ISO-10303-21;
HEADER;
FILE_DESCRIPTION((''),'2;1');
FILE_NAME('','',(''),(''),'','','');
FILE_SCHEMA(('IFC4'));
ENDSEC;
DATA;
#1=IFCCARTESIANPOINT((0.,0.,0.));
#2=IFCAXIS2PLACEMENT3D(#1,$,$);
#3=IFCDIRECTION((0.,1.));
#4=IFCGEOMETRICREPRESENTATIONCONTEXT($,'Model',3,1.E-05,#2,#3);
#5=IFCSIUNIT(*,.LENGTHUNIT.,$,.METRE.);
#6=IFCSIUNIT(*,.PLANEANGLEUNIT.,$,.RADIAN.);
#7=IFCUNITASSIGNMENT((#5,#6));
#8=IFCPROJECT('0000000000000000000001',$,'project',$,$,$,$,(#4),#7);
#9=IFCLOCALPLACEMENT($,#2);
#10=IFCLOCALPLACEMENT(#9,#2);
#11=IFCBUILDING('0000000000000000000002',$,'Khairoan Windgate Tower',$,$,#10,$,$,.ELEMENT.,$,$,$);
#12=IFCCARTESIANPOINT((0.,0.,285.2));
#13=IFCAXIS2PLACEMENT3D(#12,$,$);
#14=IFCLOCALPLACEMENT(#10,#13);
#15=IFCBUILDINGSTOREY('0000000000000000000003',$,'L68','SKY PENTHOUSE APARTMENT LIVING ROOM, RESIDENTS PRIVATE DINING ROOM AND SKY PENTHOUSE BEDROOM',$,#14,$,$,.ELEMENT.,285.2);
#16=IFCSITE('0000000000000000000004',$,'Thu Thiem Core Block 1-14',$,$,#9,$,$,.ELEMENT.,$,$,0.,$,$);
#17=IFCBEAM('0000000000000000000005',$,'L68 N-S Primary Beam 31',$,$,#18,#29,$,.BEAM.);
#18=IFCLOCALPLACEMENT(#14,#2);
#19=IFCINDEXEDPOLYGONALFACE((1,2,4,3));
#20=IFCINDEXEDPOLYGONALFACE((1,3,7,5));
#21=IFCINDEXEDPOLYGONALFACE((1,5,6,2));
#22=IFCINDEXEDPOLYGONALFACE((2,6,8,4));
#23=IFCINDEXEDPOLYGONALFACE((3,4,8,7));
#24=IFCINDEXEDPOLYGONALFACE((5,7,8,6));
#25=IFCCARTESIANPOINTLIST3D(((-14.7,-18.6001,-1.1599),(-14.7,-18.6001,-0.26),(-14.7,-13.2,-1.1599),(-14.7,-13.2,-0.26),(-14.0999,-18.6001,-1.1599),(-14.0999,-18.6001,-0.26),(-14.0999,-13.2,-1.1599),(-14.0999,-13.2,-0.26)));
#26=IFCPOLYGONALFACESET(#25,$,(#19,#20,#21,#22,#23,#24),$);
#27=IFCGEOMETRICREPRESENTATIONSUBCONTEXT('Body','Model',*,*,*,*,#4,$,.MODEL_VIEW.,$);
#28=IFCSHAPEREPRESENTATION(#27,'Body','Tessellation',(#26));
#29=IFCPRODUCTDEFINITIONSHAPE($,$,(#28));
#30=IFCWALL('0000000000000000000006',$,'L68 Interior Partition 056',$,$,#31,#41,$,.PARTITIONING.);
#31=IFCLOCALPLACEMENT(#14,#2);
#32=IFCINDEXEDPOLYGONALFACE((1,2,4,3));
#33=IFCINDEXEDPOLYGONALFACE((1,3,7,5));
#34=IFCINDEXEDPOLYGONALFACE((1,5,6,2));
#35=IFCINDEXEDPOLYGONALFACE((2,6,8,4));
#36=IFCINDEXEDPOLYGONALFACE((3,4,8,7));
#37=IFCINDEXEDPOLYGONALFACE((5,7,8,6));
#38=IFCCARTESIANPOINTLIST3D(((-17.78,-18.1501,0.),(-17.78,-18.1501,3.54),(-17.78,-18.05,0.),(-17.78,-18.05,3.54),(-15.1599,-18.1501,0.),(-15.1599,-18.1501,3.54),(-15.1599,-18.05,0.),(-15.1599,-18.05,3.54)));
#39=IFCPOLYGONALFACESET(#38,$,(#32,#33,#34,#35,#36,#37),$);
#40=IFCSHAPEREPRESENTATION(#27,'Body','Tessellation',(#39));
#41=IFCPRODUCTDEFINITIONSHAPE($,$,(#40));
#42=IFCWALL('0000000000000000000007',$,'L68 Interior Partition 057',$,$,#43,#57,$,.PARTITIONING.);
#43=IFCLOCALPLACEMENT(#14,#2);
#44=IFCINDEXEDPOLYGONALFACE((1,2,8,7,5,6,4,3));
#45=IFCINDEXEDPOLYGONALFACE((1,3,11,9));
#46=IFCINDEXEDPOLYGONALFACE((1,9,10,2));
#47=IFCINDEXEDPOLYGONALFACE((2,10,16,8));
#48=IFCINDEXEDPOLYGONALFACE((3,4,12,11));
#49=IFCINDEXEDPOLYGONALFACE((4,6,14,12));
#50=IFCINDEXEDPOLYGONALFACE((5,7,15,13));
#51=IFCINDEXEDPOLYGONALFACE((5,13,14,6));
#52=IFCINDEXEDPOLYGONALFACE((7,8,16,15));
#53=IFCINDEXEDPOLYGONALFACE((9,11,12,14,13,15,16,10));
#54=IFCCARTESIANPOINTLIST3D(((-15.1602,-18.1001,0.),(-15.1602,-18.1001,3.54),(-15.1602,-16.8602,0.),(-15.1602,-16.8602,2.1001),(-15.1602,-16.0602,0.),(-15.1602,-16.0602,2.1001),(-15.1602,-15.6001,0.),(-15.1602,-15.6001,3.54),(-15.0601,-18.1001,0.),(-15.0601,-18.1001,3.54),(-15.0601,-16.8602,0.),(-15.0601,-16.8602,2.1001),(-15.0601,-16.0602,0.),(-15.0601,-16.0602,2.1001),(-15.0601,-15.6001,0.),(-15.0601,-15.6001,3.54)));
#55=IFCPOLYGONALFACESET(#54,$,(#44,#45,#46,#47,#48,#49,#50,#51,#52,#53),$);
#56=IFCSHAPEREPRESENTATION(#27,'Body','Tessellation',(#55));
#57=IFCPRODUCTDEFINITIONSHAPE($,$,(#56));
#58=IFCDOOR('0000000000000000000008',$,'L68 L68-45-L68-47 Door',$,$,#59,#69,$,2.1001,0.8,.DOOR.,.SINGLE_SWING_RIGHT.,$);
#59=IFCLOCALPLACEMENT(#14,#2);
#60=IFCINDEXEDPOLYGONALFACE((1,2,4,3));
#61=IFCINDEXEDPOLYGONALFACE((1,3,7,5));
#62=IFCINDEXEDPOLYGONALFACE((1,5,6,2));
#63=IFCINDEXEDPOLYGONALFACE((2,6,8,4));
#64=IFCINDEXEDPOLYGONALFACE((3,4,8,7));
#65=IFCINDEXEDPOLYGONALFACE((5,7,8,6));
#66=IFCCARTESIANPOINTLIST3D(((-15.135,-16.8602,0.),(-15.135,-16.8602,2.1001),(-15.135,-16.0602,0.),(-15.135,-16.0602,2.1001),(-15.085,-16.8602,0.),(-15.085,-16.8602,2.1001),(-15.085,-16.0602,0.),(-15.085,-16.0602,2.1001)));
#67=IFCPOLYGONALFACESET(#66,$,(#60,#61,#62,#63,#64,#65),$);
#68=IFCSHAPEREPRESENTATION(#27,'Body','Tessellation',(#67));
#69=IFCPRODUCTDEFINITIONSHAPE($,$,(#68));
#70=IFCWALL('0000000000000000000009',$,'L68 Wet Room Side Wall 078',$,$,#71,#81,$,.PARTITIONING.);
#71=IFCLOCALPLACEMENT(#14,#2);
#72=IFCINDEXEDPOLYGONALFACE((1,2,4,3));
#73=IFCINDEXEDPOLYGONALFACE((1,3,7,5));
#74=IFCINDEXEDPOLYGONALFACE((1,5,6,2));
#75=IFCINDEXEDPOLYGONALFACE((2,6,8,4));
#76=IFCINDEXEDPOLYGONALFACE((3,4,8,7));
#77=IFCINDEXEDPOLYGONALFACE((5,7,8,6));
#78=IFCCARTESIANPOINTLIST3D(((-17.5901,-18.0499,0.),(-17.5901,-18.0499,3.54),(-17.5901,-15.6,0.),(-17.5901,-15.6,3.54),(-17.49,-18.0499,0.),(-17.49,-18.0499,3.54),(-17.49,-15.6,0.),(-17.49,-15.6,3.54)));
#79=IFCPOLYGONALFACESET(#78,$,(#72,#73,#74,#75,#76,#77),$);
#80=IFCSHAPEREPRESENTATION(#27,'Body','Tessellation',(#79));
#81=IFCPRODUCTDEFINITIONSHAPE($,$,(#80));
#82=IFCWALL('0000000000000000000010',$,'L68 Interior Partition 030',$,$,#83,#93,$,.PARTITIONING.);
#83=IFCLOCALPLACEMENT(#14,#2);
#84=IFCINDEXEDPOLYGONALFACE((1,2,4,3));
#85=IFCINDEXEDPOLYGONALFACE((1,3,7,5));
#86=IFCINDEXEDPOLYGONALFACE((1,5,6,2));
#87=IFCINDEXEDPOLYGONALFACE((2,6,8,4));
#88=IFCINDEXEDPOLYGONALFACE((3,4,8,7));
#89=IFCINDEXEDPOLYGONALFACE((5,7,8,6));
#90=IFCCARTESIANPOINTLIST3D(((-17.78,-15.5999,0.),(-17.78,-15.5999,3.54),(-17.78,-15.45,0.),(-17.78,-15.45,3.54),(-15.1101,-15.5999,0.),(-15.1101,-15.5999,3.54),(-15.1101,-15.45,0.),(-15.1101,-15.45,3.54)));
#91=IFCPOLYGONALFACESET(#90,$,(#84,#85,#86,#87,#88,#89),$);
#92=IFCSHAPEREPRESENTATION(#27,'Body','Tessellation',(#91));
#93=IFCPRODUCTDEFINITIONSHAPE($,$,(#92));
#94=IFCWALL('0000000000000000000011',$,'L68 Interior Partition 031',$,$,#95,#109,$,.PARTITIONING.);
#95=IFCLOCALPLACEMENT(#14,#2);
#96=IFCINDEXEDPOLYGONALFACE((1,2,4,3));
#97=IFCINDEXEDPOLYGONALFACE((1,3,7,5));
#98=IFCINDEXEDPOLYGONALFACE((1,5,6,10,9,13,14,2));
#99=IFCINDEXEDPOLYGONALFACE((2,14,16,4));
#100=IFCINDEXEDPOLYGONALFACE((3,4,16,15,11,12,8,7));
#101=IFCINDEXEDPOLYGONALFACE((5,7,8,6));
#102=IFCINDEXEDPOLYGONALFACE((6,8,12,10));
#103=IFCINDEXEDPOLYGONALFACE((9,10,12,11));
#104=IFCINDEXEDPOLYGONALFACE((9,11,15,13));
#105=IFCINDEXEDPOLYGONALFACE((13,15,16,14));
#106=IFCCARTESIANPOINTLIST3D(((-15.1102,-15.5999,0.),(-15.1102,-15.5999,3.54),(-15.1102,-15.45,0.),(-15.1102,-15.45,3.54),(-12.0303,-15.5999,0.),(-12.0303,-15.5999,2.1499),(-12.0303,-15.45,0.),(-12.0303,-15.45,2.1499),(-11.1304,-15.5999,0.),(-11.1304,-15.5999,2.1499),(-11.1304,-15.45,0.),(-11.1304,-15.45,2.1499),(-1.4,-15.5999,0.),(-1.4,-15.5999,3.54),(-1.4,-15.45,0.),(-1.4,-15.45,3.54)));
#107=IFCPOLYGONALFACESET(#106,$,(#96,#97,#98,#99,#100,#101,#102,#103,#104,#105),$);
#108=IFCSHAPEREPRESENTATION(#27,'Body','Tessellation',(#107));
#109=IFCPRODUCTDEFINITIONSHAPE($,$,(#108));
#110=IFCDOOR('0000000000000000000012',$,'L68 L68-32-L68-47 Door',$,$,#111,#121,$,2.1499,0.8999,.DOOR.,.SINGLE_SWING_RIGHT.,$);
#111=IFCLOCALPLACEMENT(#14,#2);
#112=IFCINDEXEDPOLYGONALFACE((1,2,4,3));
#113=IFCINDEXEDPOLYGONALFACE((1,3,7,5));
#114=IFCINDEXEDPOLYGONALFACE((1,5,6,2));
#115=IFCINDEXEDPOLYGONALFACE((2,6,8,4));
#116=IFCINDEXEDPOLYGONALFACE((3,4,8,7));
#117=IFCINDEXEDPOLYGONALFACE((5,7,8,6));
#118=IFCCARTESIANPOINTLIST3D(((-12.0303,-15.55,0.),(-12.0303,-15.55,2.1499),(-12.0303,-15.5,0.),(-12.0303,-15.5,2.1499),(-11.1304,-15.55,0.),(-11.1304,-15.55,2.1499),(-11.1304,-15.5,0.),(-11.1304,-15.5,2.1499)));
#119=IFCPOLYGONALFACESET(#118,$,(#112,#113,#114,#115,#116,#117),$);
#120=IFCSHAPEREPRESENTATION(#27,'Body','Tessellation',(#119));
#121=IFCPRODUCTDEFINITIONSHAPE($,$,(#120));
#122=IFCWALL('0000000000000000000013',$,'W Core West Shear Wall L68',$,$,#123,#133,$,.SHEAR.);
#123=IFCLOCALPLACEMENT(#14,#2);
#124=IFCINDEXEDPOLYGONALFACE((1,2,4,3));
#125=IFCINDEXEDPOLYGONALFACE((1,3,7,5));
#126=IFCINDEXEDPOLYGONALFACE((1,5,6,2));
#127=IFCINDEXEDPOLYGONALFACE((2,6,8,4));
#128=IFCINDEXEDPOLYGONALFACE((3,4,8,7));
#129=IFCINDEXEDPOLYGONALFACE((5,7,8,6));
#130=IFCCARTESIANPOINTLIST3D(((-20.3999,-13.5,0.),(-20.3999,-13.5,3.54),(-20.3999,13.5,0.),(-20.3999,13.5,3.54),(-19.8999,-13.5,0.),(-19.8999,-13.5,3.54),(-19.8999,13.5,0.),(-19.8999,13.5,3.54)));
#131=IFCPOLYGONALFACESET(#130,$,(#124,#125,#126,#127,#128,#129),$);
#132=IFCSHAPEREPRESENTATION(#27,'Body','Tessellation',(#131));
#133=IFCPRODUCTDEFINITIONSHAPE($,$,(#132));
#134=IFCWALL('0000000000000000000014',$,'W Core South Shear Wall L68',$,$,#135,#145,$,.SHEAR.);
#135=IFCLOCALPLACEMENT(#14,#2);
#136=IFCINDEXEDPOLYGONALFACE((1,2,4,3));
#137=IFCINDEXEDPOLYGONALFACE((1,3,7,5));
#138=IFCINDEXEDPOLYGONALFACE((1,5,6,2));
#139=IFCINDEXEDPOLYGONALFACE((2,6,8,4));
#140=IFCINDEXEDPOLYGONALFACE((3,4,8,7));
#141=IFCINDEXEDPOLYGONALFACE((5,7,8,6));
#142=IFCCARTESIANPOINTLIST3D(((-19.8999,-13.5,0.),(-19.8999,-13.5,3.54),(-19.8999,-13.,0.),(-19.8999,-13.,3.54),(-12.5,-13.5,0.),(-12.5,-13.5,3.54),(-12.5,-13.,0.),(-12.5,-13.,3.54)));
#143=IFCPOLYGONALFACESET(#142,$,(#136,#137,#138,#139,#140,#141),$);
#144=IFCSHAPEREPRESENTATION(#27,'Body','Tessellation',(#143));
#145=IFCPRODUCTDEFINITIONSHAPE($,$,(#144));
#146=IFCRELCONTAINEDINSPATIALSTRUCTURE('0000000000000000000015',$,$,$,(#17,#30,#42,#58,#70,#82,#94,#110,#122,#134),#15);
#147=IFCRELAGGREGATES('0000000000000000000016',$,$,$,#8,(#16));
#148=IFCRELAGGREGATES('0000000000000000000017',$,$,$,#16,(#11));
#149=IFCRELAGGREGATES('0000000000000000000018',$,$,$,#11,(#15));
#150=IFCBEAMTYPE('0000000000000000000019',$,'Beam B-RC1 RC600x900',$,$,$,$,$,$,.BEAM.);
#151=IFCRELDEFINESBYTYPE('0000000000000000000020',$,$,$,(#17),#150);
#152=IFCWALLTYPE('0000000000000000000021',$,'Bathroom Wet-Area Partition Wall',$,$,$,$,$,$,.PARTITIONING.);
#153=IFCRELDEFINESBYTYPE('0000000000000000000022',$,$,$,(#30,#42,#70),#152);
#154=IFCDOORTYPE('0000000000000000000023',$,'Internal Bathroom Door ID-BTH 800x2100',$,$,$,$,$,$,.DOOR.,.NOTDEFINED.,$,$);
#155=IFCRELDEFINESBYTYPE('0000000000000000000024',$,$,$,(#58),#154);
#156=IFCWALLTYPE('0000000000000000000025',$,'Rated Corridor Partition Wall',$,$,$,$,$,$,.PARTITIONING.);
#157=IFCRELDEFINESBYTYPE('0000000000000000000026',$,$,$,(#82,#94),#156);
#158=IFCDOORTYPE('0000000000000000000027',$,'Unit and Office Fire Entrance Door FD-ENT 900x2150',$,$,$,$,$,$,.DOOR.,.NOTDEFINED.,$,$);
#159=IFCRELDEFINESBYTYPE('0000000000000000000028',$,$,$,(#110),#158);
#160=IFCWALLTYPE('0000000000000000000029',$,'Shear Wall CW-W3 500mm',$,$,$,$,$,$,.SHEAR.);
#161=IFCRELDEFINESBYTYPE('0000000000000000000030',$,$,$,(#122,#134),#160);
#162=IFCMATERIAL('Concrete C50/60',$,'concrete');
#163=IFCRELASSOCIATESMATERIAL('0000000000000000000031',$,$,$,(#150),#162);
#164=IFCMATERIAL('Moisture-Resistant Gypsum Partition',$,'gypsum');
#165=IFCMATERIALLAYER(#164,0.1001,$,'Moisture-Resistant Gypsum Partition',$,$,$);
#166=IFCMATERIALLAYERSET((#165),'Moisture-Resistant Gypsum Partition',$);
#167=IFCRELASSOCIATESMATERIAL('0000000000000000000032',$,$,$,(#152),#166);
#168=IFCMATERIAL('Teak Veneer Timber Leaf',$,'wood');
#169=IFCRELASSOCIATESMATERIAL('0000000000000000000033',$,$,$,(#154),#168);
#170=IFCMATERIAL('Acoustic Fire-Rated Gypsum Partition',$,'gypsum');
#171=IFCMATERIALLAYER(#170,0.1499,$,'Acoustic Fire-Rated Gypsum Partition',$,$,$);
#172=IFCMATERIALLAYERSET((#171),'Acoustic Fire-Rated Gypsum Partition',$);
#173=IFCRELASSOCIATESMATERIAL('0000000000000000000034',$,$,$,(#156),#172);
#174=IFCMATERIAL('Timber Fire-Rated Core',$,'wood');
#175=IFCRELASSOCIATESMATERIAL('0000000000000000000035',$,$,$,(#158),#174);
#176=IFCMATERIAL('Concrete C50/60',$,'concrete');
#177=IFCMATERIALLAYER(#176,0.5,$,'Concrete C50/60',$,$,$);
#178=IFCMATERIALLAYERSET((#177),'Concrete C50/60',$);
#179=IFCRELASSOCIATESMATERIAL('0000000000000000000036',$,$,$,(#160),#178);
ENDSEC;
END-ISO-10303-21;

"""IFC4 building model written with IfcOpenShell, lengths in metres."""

from ifc_helpers import new_model, si_unit, direction, frame, frame_2d, origin, origin_2d, place, context, subcontext, project, spatial, rectangle, extrude, material, layer, layer_set, material_profile, profile_set, type_object, element, fill, save


model = new_model("IFC4")

# Units and contexts
model_context = context("Model", 3, precision=1e-05, world=origin(), true_north=direction((0.0, 1.0)))
body_context = subcontext(model_context, "Body", "Model", "MODEL_VIEW")
ifc_project = project(units=[si_unit("LENGTHUNIT", "METRE"), si_unit("PLANEANGLEUNIT", "RADIAN")], contexts=[model_context])

# Site, building, storey
site_placement = place(None, origin())
site = spatial("IfcSite", under=ifc_project, at=site_placement, Name="Thu Thiem Core Block 1-14", CompositionType="ELEMENT", RefElevation=0.0)
building_placement = place(site_placement, origin())
building = spatial("IfcBuilding", under=site, at=building_placement, Name="Khairoan Windgate Tower", CompositionType="ELEMENT")
storey_placement = place(building_placement, frame((0.0, 0.0, 285.2)))
storey = spatial("IfcBuildingStorey", under=building, at=storey_placement, Name="L68", Description="SKY PENTHOUSE APARTMENT LIVING ROOM, RESIDENTS PRIVATE DINING ROOM AND SKY PENTHOUSE BEDROOM", CompositionType="ELEMENT", Elevation=285.2)

# Beam
ifc_material_1 = material(Name="Concrete C50/60", Category="concrete")
ifc_material_profile_1 = material_profile(ifc_material_1, rectangle(XDim=0.6001, YDim=0.8999, at=origin_2d()))
ifc_profile_set_1 = profile_set([ifc_material_profile_1], Name="Concrete C50/60")
beam_type = type_object("IfcBeamType", Name="Beam B-RC1 RC600x900", PredefinedType="BEAM", material=ifc_profile_set_1)
beam_placement = place(storey_placement, frame((-14.3999, -18.6001, -0.71), z_axis=(0.0, 1.0, 0.0), x_axis=(-1.0, 0.0, 0.0)))
element("IfcBeam", 1, at=beam_placement, inside=storey, type_object=beam_type, Name="L68 N-S Primary Beam 31", PredefinedType="BEAM", context=body_context, shape_type="SweptSolid", body=[
    extrude(rectangle(XDim=0.6001, YDim=0.8999, at=origin_2d()), origin(), (0.0, 0.0, 1.0), 5.4001),
])

# Wall
ifc_material_2 = material(Name="Moisture-Resistant Gypsum Partition", Category="gypsum")
ifc_layer_1 = layer(ifc_material_2, 0.1001, Name="Moisture-Resistant Gypsum Partition")
ifc_layer_set_1 = layer_set([ifc_layer_1], Name="Moisture-Resistant Gypsum Partition")
wall_type_1 = type_object("IfcWallType", Name="Bathroom Wet-Area Partition Wall", PredefinedType="PARTITIONING", material=ifc_layer_set_1)
wall_1_placement = place(storey_placement, frame((-17.78, -18.1001, 0.0), z_axis=(0.0, 0.0, 1.0), x_axis=(1.0, 0.0, 0.0)))
element("IfcWall", 2, at=wall_1_placement, inside=storey, type_object=wall_type_1, Name="L68 Interior Partition 056", PredefinedType="PARTITIONING", context=body_context, shape_type="SweptSolid", body=[
    extrude(rectangle(XDim=2.6201, YDim=0.1001, at=frame_2d((1.3101, 0.0))), origin(), (0.0, 0.0, 1.0), 3.54),
])

# Wall, opening, door
wall_2_placement = place(storey_placement, frame((-15.1101, -18.1001, 0.0), z_axis=(0.0, 0.0, 1.0), x_axis=(0.0, 1.0, 0.0)))
wall_2 = element("IfcWall", 3, at=wall_2_placement, inside=storey, type_object=wall_type_1, Name="L68 Interior Partition 057", PredefinedType="PARTITIONING", context=body_context, shape_type="SweptSolid", body=[
    extrude(rectangle(XDim=2.5, YDim=0.1001, at=frame_2d((1.25, 0.0))), origin(), (0.0, 0.0, 1.0), 3.54),
])
opening_1_placement = place(wall_2_placement, frame((1.24, 0.0, 0.0)))
opening_1 = element("IfcOpeningElement", 4, at=opening_1_placement, cuts=wall_2, PredefinedType="OPENING", context=body_context, shape_type="SweptSolid", body=[
    extrude(rectangle(XDim=0.8, YDim=2.1001, at=frame_2d((0.3999, 1.05))), frame((0.0, 0.0601, 0.0), z_axis=(0.0, -1.0, 0.0), x_axis=(1.0, 0.0, 0.0)), (0.0, 0.0, 1.0), 0.1201),
])
ifc_material_3 = material(Name="Teak Veneer Timber Leaf", Category="wood")
door_type_1 = type_object("IfcDoorType", Name="Internal Bathroom Door ID-BTH 800x2100", OperationType="NOTDEFINED", PredefinedType="DOOR", material=ifc_material_3)
door_1_placement = place(opening_1_placement, origin())
door_1 = element("IfcDoor", 5, at=door_1_placement, inside=storey, type_object=door_type_1, Name="L68 L68-45-L68-47 Door", OperationType="SINGLE_SWING_RIGHT", OverallHeight=2.1001, OverallWidth=0.8, PredefinedType="DOOR", context=body_context, shape_type="SweptSolid", body=[
    extrude(rectangle(XDim=0.8, YDim=2.1001, at=frame_2d((0.3999, 1.05))), frame((0.0, 0.0249, 0.0), z_axis=(0.0, -1.0, 0.0), x_axis=(1.0, 0.0, 0.0)), (0.0, 0.0, 1.0), 0.05),
])
fill(opening_1, door_1)

# Wall
wall_3_placement = place(storey_placement, frame((-17.54, -18.05, 0.0), z_axis=(0.0, 0.0, 1.0), x_axis=(0.0, 1.0, 0.0)))
element("IfcWall", 6, at=wall_3_placement, inside=storey, type_object=wall_type_1, Name="L68 Wet Room Side Wall 078", PredefinedType="PARTITIONING", context=body_context, shape_type="SweptSolid", body=[
    extrude(rectangle(XDim=2.45, YDim=0.1001, at=frame_2d((1.2251, 0.0))), origin(), (0.0, 0.0, 1.0), 3.54),
])

# Wall
ifc_material_4 = material(Name="Acoustic Fire-Rated Gypsum Partition", Category="gypsum")
ifc_layer_2 = layer(ifc_material_4, 0.1499, Name="Acoustic Fire-Rated Gypsum Partition")
ifc_layer_set_2 = layer_set([ifc_layer_2], Name="Acoustic Fire-Rated Gypsum Partition")
wall_type_2 = type_object("IfcWallType", Name="Rated Corridor Partition Wall", PredefinedType="PARTITIONING", material=ifc_layer_set_2)
wall_4_placement = place(storey_placement, frame((-17.78, -15.5249, 0.0), z_axis=(0.0, 0.0, 1.0), x_axis=(1.0, 0.0, 0.0)))
element("IfcWall", 7, at=wall_4_placement, inside=storey, type_object=wall_type_2, Name="L68 Interior Partition 030", PredefinedType="PARTITIONING", context=body_context, shape_type="SweptSolid", body=[
    extrude(rectangle(XDim=2.6699, YDim=0.1499, at=frame_2d((1.335, 0.0))), origin(), (0.0, 0.0, 1.0), 3.54),
])

# Wall, opening, door
wall_5_placement = place(storey_placement, frame((-15.1101, -15.5249, 0.0), z_axis=(0.0, 0.0, 1.0), x_axis=(1.0, 0.0, 0.0)))
wall_5 = element("IfcWall", 8, at=wall_5_placement, inside=storey, type_object=wall_type_2, Name="L68 Interior Partition 031", PredefinedType="PARTITIONING", context=body_context, shape_type="SweptSolid", body=[
    extrude(rectangle(XDim=13.7102, YDim=0.1499, at=frame_2d((6.855, 0.0))), origin(), (0.0, 0.0, 1.0), 3.54),
])
opening_2_placement = place(wall_5_placement, frame((3.0798, 0.0, 0.0)))
opening_2 = element("IfcOpeningElement", 9, at=opening_2_placement, cuts=wall_5, PredefinedType="OPENING", context=body_context, shape_type="SweptSolid", body=[
    extrude(rectangle(XDim=0.8999, YDim=2.1499, at=frame_2d((0.45, 1.075))), frame((0.0, 0.085, 0.0), z_axis=(0.0, -1.0, 0.0), x_axis=(1.0, 0.0, 0.0)), (0.0, 0.0, 1.0), 0.1699),
])
ifc_material_5 = material(Name="Timber Fire-Rated Core", Category="wood")
door_type_2 = type_object("IfcDoorType", Name="Unit and Office Fire Entrance Door FD-ENT 900x2150", OperationType="NOTDEFINED", PredefinedType="DOOR", material=ifc_material_5)
door_2_placement = place(opening_2_placement, origin())
door_2 = element("IfcDoor", 10, at=door_2_placement, inside=storey, type_object=door_type_2, Name="L68 L68-32-L68-47 Door", OperationType="SINGLE_SWING_RIGHT", OverallHeight=2.1499, OverallWidth=0.8999, PredefinedType="DOOR", context=body_context, shape_type="SweptSolid", body=[
    extrude(rectangle(XDim=0.8999, YDim=2.1499, at=frame_2d((0.45, 1.075))), frame((0.0, 0.0249, 0.0), z_axis=(0.0, -1.0, 0.0), x_axis=(1.0, 0.0, 0.0)), (0.0, 0.0, 1.0), 0.05),
])
fill(opening_2, door_2)

# Walls
ifc_material_6 = material(Name="Concrete C50/60", Category="concrete")
ifc_layer_3 = layer(ifc_material_6, 0.5, Name="Concrete C50/60")
ifc_layer_set_3 = layer_set([ifc_layer_3], Name="Concrete C50/60")
wall_type_3 = type_object("IfcWallType", Name="Shear Wall CW-W3 500mm", PredefinedType="SHEAR", material=ifc_layer_set_3)
wall_6_placement = place(storey_placement, frame((-20.1499, -13.5, 0.0), z_axis=(0.0, 0.0, 1.0), x_axis=(0.0, 1.0, 0.0)))
element("IfcWall", 11, at=wall_6_placement, inside=storey, type_object=wall_type_3, Name="W Core West Shear Wall L68", PredefinedType="SHEAR", context=body_context, shape_type="SweptSolid", body=[
    extrude(rectangle(XDim=27.0, YDim=0.5, at=frame_2d((13.5, 0.0))), origin(), (0.0, 0.0, 1.0), 3.54),
])
wall_7_placement = place(storey_placement, frame((-19.8999, -13.25, 0.0), z_axis=(0.0, 0.0, 1.0), x_axis=(1.0, 0.0, 0.0)))
element("IfcWall", 12, at=wall_7_placement, inside=storey, type_object=wall_type_3, Name="W Core South Shear Wall L68", PredefinedType="SHEAR", context=body_context, shape_type="SweptSolid", body=[
    extrude(rectangle(XDim=7.3999, YDim=0.5, at=frame_2d((3.7, 0.0))), origin(), (0.0, 0.0, 1.0), 3.54),
])

save(model, "model.ifc")
